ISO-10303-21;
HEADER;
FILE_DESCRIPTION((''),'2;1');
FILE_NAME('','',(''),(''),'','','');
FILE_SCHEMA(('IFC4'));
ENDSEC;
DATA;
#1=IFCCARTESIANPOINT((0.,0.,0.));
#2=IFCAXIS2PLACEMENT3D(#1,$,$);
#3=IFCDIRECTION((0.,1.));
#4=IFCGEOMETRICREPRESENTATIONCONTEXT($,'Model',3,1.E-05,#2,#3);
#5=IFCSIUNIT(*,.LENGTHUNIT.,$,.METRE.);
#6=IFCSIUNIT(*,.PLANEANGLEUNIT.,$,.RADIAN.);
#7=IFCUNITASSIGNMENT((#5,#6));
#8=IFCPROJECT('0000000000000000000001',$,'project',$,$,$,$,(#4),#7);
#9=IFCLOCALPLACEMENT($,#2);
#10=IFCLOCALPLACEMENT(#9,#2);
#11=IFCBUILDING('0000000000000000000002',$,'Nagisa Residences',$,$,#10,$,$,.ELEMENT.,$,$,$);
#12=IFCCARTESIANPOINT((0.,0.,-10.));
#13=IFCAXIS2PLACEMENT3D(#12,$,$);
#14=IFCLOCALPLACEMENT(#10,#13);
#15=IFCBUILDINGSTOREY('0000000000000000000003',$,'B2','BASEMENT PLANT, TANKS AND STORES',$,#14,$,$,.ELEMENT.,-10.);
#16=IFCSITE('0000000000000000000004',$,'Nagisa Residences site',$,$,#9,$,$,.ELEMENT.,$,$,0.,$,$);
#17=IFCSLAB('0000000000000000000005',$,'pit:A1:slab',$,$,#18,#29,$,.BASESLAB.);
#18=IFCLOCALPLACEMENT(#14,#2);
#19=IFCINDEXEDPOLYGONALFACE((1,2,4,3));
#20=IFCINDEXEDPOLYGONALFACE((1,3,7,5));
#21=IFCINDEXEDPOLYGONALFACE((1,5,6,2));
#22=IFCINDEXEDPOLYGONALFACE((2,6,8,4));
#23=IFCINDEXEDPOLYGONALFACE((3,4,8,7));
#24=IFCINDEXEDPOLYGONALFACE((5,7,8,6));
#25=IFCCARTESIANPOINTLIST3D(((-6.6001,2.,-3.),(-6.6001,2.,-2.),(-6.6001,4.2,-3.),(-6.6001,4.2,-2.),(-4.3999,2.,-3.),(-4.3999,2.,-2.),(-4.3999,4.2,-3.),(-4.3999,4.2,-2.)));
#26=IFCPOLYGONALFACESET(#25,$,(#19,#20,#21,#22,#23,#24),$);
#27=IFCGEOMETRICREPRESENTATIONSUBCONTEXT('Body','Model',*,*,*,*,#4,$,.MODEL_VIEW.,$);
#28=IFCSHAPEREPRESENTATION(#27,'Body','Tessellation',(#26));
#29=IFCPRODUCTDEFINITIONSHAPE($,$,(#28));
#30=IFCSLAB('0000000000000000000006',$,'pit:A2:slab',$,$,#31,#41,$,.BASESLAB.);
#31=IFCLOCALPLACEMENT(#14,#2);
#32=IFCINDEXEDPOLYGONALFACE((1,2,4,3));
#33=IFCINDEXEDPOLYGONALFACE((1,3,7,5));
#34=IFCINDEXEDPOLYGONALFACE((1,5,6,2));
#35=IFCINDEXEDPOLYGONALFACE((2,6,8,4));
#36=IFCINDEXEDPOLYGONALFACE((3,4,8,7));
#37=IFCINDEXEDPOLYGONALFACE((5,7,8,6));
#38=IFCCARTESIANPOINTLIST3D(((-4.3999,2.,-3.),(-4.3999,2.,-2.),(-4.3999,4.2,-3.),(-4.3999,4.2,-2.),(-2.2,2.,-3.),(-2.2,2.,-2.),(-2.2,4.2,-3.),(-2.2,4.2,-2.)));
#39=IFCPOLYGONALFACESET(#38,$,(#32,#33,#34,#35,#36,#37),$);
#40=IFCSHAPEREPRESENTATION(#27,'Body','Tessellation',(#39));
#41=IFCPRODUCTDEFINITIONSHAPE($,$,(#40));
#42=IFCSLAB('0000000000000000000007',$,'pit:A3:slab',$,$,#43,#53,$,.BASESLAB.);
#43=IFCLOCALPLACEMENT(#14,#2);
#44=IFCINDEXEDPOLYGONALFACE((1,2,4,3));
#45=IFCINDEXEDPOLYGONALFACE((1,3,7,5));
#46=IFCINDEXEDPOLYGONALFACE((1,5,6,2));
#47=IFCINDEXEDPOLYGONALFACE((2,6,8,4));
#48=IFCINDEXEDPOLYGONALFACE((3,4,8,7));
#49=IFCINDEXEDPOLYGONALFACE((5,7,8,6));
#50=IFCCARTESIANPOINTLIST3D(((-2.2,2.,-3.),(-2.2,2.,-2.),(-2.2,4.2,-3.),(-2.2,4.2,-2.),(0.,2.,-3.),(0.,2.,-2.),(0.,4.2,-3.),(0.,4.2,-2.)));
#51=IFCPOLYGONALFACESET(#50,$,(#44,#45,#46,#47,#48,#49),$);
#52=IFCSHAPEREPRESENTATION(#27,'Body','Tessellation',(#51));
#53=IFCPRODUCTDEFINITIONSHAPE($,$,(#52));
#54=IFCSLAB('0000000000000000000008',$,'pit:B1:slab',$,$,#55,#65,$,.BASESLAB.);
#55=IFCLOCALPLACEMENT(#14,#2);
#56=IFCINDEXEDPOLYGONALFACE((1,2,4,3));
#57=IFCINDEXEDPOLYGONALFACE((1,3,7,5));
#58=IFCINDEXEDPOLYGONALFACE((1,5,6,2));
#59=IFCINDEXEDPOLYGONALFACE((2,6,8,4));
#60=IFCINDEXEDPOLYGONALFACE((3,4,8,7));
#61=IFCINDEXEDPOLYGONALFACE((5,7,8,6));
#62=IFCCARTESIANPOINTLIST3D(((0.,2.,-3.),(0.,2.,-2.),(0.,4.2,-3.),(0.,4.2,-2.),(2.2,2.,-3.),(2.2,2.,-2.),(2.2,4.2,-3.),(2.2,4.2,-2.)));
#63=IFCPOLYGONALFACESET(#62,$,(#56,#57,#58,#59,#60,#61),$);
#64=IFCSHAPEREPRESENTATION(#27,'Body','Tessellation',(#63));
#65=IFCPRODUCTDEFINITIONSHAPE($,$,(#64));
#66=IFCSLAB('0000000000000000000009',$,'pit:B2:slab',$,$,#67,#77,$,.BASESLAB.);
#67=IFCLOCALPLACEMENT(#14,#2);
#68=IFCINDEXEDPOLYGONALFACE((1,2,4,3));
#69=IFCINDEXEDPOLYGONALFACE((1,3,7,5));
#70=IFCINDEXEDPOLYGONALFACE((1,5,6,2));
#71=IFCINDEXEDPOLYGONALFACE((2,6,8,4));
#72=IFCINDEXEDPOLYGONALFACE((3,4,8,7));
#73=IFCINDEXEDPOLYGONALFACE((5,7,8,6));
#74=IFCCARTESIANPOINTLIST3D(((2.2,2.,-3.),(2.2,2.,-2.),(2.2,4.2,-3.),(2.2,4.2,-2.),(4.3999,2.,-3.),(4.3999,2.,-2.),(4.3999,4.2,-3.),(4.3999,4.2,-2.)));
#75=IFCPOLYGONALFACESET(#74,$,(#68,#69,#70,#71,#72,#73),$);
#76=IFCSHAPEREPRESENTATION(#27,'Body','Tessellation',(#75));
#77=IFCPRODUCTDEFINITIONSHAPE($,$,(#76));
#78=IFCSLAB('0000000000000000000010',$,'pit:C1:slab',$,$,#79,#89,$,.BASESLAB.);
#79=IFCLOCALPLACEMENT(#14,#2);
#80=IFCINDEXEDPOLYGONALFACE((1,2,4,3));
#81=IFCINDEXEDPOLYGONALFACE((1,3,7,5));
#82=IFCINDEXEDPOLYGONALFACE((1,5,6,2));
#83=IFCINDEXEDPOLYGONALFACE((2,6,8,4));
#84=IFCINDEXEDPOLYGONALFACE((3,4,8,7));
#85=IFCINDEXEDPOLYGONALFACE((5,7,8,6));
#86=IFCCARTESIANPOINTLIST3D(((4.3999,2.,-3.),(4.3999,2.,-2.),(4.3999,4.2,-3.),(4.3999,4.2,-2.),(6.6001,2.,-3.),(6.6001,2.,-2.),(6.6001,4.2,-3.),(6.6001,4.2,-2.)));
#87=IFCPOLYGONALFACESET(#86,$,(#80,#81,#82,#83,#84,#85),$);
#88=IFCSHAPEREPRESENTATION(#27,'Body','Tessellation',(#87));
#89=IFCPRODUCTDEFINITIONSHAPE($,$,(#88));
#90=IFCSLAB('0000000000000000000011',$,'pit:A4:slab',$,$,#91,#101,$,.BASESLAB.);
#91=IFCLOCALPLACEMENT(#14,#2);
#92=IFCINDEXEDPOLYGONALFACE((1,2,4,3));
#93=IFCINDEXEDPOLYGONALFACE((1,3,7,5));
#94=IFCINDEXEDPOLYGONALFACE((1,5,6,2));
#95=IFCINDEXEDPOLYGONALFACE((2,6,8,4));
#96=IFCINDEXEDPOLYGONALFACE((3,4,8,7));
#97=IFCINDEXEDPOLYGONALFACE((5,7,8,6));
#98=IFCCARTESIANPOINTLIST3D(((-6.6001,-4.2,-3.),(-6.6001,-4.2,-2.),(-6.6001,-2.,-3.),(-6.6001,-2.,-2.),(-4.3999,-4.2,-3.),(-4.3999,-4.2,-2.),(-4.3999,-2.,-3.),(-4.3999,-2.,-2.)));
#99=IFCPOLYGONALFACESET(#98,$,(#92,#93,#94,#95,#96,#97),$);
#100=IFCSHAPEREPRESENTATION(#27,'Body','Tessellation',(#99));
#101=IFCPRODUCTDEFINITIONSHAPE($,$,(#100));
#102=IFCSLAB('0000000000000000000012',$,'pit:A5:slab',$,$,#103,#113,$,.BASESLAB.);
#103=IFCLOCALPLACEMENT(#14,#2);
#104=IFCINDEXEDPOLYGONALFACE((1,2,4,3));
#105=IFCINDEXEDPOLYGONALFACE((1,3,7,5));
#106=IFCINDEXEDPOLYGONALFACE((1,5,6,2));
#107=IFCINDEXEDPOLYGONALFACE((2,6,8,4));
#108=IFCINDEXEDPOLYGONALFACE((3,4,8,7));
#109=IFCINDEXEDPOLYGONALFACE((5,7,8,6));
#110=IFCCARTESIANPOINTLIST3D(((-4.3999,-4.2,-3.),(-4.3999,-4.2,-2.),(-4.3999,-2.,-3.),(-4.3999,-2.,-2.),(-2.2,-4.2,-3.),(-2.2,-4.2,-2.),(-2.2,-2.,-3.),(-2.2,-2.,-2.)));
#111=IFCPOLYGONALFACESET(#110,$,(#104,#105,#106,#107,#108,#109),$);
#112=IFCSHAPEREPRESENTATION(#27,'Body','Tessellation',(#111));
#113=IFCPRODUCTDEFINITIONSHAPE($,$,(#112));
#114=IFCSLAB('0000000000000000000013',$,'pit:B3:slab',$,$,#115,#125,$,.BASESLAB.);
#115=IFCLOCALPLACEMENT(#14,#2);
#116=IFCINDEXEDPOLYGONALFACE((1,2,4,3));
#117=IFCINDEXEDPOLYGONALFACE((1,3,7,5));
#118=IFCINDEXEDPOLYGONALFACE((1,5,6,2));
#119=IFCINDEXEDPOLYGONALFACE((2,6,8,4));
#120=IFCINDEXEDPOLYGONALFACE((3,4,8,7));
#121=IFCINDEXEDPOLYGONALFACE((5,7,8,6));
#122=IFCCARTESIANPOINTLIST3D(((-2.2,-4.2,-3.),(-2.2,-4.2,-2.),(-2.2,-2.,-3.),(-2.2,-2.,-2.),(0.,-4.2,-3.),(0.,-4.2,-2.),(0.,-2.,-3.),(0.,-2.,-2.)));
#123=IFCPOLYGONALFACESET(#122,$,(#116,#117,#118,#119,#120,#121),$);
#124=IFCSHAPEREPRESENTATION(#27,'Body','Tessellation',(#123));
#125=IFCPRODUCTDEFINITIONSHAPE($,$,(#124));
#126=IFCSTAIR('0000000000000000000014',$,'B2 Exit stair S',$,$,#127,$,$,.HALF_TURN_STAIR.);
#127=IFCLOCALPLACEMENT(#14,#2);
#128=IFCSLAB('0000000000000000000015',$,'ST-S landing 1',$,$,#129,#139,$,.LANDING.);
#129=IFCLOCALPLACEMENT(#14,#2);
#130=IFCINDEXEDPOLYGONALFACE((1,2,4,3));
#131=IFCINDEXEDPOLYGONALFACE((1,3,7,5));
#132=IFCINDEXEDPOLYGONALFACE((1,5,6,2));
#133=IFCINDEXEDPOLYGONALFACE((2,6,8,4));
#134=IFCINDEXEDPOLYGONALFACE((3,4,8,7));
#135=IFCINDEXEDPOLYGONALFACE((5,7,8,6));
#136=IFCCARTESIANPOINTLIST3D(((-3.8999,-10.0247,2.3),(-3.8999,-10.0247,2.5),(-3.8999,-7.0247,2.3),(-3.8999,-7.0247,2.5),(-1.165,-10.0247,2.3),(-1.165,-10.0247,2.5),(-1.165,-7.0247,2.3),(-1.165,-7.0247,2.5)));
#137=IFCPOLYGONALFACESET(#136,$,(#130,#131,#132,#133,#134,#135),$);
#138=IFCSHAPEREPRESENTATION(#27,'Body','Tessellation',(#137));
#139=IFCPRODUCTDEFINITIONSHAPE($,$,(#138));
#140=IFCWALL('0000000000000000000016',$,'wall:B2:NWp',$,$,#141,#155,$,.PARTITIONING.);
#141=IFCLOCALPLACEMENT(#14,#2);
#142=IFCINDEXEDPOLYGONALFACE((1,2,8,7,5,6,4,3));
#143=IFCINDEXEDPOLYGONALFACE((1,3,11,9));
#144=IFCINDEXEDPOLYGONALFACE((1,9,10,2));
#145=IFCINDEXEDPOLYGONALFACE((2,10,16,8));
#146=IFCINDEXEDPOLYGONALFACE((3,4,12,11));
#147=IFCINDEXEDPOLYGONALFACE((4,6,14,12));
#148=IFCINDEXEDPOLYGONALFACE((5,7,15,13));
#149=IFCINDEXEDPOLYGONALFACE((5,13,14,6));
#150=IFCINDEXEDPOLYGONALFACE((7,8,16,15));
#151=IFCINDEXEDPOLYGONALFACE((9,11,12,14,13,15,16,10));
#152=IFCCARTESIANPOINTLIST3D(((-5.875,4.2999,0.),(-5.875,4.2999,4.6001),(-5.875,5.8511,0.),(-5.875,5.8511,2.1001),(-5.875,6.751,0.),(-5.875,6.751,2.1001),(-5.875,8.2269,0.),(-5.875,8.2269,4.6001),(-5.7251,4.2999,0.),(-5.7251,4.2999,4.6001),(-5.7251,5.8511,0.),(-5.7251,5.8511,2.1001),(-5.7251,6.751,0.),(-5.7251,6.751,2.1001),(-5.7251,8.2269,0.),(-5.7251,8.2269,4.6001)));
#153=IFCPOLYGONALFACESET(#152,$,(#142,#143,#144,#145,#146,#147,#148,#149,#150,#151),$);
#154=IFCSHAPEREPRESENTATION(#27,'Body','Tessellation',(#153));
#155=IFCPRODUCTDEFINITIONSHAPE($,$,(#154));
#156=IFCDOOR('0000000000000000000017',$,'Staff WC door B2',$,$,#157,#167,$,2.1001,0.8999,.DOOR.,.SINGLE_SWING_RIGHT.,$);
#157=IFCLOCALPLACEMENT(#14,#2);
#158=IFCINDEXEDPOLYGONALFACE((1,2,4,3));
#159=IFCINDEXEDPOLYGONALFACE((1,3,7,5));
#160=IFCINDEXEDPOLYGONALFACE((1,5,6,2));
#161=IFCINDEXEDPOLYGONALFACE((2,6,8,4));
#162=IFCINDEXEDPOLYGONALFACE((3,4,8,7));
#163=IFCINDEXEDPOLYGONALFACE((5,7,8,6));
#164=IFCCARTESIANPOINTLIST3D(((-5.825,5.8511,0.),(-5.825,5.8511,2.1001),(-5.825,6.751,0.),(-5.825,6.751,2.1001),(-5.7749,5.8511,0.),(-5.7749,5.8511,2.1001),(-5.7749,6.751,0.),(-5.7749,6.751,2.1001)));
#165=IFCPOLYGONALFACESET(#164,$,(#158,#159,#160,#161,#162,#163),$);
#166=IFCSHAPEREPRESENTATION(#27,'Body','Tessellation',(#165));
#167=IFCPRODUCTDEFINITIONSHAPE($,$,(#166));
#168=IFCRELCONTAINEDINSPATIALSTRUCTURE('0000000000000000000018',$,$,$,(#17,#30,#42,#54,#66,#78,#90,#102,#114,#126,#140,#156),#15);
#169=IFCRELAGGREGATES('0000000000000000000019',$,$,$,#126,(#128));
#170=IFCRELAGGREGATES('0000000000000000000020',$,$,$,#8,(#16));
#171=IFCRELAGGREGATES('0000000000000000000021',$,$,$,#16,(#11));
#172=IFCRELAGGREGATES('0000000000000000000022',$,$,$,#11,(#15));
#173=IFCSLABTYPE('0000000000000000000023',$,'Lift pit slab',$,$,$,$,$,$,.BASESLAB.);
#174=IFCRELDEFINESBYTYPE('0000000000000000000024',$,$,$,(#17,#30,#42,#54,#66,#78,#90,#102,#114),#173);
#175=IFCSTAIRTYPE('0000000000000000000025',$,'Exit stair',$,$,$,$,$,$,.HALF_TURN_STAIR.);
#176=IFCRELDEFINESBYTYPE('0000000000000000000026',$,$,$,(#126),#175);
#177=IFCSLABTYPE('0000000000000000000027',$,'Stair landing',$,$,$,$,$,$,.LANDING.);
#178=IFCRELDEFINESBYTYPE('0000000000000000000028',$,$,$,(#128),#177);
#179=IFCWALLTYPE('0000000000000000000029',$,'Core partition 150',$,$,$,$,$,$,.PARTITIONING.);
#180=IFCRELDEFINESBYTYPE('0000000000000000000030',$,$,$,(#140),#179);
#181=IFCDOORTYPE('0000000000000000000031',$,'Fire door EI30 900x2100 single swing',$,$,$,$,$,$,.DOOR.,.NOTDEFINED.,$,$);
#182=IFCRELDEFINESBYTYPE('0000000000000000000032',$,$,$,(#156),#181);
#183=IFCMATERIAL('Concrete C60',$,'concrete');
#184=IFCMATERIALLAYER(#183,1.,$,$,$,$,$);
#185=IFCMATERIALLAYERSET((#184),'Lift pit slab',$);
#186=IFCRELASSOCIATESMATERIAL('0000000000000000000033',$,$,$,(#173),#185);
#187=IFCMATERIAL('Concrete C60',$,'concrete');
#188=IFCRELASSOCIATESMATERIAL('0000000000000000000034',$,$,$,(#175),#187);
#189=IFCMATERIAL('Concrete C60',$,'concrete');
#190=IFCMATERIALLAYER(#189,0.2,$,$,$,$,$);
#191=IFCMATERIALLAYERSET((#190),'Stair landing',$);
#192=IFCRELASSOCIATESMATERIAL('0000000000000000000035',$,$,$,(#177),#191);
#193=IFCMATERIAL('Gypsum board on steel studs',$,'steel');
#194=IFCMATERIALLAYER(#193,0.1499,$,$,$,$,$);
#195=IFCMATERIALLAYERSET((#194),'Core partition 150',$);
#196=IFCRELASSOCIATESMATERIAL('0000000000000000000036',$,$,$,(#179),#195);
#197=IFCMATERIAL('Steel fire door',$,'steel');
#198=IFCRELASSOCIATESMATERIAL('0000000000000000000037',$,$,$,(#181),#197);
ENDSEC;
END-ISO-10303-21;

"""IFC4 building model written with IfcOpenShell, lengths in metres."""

from ifc_helpers import new_model, si_unit, direction, frame, frame_2d, origin, place, context, subcontext, project, spatial, polyline, rectangle, outline, extrude, material, layer, layer_set, type_object, element, fill, aggregate, save


model = new_model("IFC4")

# Units and contexts
model_context = context("Model", 3, precision=1e-05, world=origin(), true_north=direction((0.0, 1.0)))
body_context = subcontext(model_context, "Body", "Model", "MODEL_VIEW")
ifc_project = project(units=[si_unit("LENGTHUNIT", "METRE"), si_unit("PLANEANGLEUNIT", "RADIAN")], contexts=[model_context])

# Site, building, storey
site_placement = place(None, origin())
site = spatial("IfcSite", under=ifc_project, at=site_placement, Name="Nagisa Residences site", CompositionType="ELEMENT", RefElevation=0.0)
building_placement = place(site_placement, origin())
building = spatial("IfcBuilding", under=site, at=building_placement, Name="Nagisa Residences", CompositionType="ELEMENT")
storey_placement = place(building_placement, frame((0.0, 0.0, -10.0)))
storey = spatial("IfcBuildingStorey", under=building, at=storey_placement, Name="B2", Description="BASEMENT PLANT, TANKS AND STORES", CompositionType="ELEMENT", Elevation=-10.0)

# Slabs
ifc_material_1 = material(Name="Concrete C60", Category="concrete")
ifc_layer_1 = layer(ifc_material_1, 1.0)
ifc_layer_set_1 = layer_set([ifc_layer_1], Name="Lift pit slab")
slab_type_1 = type_object("IfcSlabType", Name="Lift pit slab", PredefinedType="BASESLAB", material=ifc_layer_set_1)
slab_1_placement = place(storey_placement, frame((0.0, 0.0, -3.0)))
element("IfcSlab", 1, at=slab_1_placement, inside=storey, type_object=slab_type_1, Name="pit:A1:slab", PredefinedType="BASESLAB", context=body_context, shape_type="SweptSolid", body=[
    extrude(outline(polyline([(-4.3999, 2.0), (-6.6001, 2.0), (-6.6001, 4.2), (-4.3999, 4.2), (-4.3999, 2.0)])), origin(), (0.0, 0.0, 1.0), 1.0),
])
slab_2_placement = place(storey_placement, frame((0.0, 0.0, -3.0)))
element("IfcSlab", 2, at=slab_2_placement, inside=storey, type_object=slab_type_1, Name="pit:A2:slab", PredefinedType="BASESLAB", context=body_context, shape_type="SweptSolid", body=[
    extrude(outline(polyline([(-2.2, 2.0), (-4.3999, 2.0), (-4.3999, 4.2), (-2.2, 4.2), (-2.2, 2.0)])), origin(), (0.0, 0.0, 1.0), 1.0),
])
slab_3_placement = place(storey_placement, frame((0.0, 0.0, -3.0)))
element("IfcSlab", 3, at=slab_3_placement, inside=storey, type_object=slab_type_1, Name="pit:A3:slab", PredefinedType="BASESLAB", context=body_context, shape_type="SweptSolid", body=[
    extrude(outline(polyline([(0.0, 2.0), (-2.2, 2.0), (-2.2, 4.2), (0.0, 4.2), (0.0, 2.0)])), origin(), (0.0, 0.0, 1.0), 1.0),
])
slab_4_placement = place(storey_placement, frame((0.0, 0.0, -3.0)))
element("IfcSlab", 4, at=slab_4_placement, inside=storey, type_object=slab_type_1, Name="pit:B1:slab", PredefinedType="BASESLAB", context=body_context, shape_type="SweptSolid", body=[
    extrude(outline(polyline([(2.2, 2.0), (0.0, 2.0), (0.0, 4.2), (2.2, 4.2), (2.2, 2.0)])), origin(), (0.0, 0.0, 1.0), 1.0),
])
slab_5_placement = place(storey_placement, frame((0.0, 0.0, -3.0)))
element("IfcSlab", 5, at=slab_5_placement, inside=storey, type_object=slab_type_1, Name="pit:B2:slab", PredefinedType="BASESLAB", context=body_context, shape_type="SweptSolid", body=[
    extrude(outline(polyline([(4.3999, 2.0), (2.2, 2.0), (2.2, 4.2), (4.3999, 4.2), (4.3999, 2.0)])), origin(), (0.0, 0.0, 1.0), 1.0),
])
slab_6_placement = place(storey_placement, frame((0.0, 0.0, -3.0)))
element("IfcSlab", 6, at=slab_6_placement, inside=storey, type_object=slab_type_1, Name="pit:C1:slab", PredefinedType="BASESLAB", context=body_context, shape_type="SweptSolid", body=[
    extrude(outline(polyline([(6.6001, 2.0), (4.3999, 2.0), (4.3999, 4.2), (6.6001, 4.2), (6.6001, 2.0)])), origin(), (0.0, 0.0, 1.0), 1.0),
])
slab_7_placement = place(storey_placement, frame((0.0, 0.0, -3.0)))
element("IfcSlab", 7, at=slab_7_placement, inside=storey, type_object=slab_type_1, Name="pit:A4:slab", PredefinedType="BASESLAB", context=body_context, shape_type="SweptSolid", body=[
    extrude(outline(polyline([(-4.3999, -4.2), (-6.6001, -4.2), (-6.6001, -2.0), (-4.3999, -2.0), (-4.3999, -4.2)])), origin(), (0.0, 0.0, 1.0), 1.0),
])
slab_8_placement = place(storey_placement, frame((0.0, 0.0, -3.0)))
element("IfcSlab", 8, at=slab_8_placement, inside=storey, type_object=slab_type_1, Name="pit:A5:slab", PredefinedType="BASESLAB", context=body_context, shape_type="SweptSolid", body=[
    extrude(outline(polyline([(-2.2, -4.2), (-4.3999, -4.2), (-4.3999, -2.0), (-2.2, -2.0), (-2.2, -4.2)])), origin(), (0.0, 0.0, 1.0), 1.0),
])
slab_9_placement = place(storey_placement, frame((0.0, 0.0, -3.0)))
element("IfcSlab", 9, at=slab_9_placement, inside=storey, type_object=slab_type_1, Name="pit:B3:slab", PredefinedType="BASESLAB", context=body_context, shape_type="SweptSolid", body=[
    extrude(outline(polyline([(0.0, -4.2), (-2.2, -4.2), (-2.2, -2.0), (0.0, -2.0), (0.0, -4.2)])), origin(), (0.0, 0.0, 1.0), 1.0),
])

# Stair, slab
ifc_material_2 = material(Name="Concrete C60", Category="concrete")
stair_type = type_object("IfcStairType", Name="Exit stair", PredefinedType="HALF_TURN_STAIR", material=ifc_material_2)
stair_1_placement = place(storey_placement, origin())
stair_1 = element("IfcStair", 10, at=stair_1_placement, inside=storey, type_object=stair_type, Name="B2 Exit stair S", PredefinedType="HALF_TURN_STAIR")
ifc_material_3 = material(Name="Concrete C60", Category="concrete")
ifc_layer_2 = layer(ifc_material_3, 0.2)
ifc_layer_set_2 = layer_set([ifc_layer_2], Name="Stair landing")
slab_type_2 = type_object("IfcSlabType", Name="Stair landing", PredefinedType="LANDING", material=ifc_layer_set_2)
slab_10_placement = place(storey_placement, frame((0.0, 0.0, 2.3)))
slab_10 = element("IfcSlab", 11, at=slab_10_placement, type_object=slab_type_2, Name="ST-S landing 1", PredefinedType="LANDING", context=body_context, shape_type="SweptSolid", body=[
    extrude(outline(polyline([(-1.165, -7.0247), (-3.8999, -7.0247), (-3.8999, -10.0247), (-1.165, -10.0247), (-1.165, -7.0247)])), origin(), (0.0, 0.0, 1.0), 0.2),
])
aggregate(stair_1, [slab_10])

# Wall, opening, door
ifc_material_4 = material(Name="Gypsum board on steel studs", Category="steel")
ifc_layer_3 = layer(ifc_material_4, 0.1499)
ifc_layer_set_3 = layer_set([ifc_layer_3], Name="Core partition 150")
wall_type_1 = type_object("IfcWallType", Name="Core partition 150", PredefinedType="PARTITIONING", material=ifc_layer_set_3)
wall_1_placement = place(storey_placement, frame((-5.8, 4.3, 0.0), z_axis=(0.0, 0.0, 1.0), x_axis=(0.0, 1.0, 0.0)))
wall_1 = element("IfcWall", 12, at=wall_1_placement, inside=storey, type_object=wall_type_1, Name="wall:B2:NWp", PredefinedType="PARTITIONING", context=body_context, shape_type="SweptSolid", body=[
    extrude(rectangle(XDim=3.927, YDim=0.1499, at=frame_2d((1.9634, 0.0))), origin(), (0.0, 0.0, 1.0), 4.6001),
])
opening_1_placement = place(wall_1_placement, frame((1.551, 0.0, 0.0)))
opening_1 = element("IfcOpeningElement", 13, at=opening_1_placement, cuts=wall_1, PredefinedType="OPENING", context=body_context, shape_type="SweptSolid", body=[
    extrude(rectangle(XDim=0.8999, YDim=2.1001, at=frame_2d((0.45, 1.05))), frame((0.0, 0.085, 0.0), z_axis=(0.0, -1.0, 0.0), x_axis=(1.0, 0.0, 0.0)), (0.0, 0.0, 1.0), 0.1699),
])
ifc_material_5 = material(Name="Steel fire door", Category="steel")
door_type_1 = type_object("IfcDoorType", Name="Fire door EI30 900x2100 single swing", OperationType="NOTDEFINED", PredefinedType="DOOR", material=ifc_material_5)
door_1_placement = place(opening_1_placement, origin())
door_1 = element("IfcDoor", 14, at=door_1_placement, inside=storey, type_object=door_type_1, Name="Staff WC door B2", OperationType="SINGLE_SWING_RIGHT", OverallHeight=2.1001, OverallWidth=0.8999, PredefinedType="DOOR", context=body_context, shape_type="SweptSolid", body=[
    extrude(rectangle(XDim=0.8999, YDim=2.1001, at=frame_2d((0.45, 1.05))), frame((0.0, 0.0249, 0.0), z_axis=(0.0, -1.0, 0.0), x_axis=(1.0, 0.0, 0.0)), (0.0, 0.0, 1.0), 0.05),
])
fill(opening_1, door_1)

save(model, "model.ifc")
